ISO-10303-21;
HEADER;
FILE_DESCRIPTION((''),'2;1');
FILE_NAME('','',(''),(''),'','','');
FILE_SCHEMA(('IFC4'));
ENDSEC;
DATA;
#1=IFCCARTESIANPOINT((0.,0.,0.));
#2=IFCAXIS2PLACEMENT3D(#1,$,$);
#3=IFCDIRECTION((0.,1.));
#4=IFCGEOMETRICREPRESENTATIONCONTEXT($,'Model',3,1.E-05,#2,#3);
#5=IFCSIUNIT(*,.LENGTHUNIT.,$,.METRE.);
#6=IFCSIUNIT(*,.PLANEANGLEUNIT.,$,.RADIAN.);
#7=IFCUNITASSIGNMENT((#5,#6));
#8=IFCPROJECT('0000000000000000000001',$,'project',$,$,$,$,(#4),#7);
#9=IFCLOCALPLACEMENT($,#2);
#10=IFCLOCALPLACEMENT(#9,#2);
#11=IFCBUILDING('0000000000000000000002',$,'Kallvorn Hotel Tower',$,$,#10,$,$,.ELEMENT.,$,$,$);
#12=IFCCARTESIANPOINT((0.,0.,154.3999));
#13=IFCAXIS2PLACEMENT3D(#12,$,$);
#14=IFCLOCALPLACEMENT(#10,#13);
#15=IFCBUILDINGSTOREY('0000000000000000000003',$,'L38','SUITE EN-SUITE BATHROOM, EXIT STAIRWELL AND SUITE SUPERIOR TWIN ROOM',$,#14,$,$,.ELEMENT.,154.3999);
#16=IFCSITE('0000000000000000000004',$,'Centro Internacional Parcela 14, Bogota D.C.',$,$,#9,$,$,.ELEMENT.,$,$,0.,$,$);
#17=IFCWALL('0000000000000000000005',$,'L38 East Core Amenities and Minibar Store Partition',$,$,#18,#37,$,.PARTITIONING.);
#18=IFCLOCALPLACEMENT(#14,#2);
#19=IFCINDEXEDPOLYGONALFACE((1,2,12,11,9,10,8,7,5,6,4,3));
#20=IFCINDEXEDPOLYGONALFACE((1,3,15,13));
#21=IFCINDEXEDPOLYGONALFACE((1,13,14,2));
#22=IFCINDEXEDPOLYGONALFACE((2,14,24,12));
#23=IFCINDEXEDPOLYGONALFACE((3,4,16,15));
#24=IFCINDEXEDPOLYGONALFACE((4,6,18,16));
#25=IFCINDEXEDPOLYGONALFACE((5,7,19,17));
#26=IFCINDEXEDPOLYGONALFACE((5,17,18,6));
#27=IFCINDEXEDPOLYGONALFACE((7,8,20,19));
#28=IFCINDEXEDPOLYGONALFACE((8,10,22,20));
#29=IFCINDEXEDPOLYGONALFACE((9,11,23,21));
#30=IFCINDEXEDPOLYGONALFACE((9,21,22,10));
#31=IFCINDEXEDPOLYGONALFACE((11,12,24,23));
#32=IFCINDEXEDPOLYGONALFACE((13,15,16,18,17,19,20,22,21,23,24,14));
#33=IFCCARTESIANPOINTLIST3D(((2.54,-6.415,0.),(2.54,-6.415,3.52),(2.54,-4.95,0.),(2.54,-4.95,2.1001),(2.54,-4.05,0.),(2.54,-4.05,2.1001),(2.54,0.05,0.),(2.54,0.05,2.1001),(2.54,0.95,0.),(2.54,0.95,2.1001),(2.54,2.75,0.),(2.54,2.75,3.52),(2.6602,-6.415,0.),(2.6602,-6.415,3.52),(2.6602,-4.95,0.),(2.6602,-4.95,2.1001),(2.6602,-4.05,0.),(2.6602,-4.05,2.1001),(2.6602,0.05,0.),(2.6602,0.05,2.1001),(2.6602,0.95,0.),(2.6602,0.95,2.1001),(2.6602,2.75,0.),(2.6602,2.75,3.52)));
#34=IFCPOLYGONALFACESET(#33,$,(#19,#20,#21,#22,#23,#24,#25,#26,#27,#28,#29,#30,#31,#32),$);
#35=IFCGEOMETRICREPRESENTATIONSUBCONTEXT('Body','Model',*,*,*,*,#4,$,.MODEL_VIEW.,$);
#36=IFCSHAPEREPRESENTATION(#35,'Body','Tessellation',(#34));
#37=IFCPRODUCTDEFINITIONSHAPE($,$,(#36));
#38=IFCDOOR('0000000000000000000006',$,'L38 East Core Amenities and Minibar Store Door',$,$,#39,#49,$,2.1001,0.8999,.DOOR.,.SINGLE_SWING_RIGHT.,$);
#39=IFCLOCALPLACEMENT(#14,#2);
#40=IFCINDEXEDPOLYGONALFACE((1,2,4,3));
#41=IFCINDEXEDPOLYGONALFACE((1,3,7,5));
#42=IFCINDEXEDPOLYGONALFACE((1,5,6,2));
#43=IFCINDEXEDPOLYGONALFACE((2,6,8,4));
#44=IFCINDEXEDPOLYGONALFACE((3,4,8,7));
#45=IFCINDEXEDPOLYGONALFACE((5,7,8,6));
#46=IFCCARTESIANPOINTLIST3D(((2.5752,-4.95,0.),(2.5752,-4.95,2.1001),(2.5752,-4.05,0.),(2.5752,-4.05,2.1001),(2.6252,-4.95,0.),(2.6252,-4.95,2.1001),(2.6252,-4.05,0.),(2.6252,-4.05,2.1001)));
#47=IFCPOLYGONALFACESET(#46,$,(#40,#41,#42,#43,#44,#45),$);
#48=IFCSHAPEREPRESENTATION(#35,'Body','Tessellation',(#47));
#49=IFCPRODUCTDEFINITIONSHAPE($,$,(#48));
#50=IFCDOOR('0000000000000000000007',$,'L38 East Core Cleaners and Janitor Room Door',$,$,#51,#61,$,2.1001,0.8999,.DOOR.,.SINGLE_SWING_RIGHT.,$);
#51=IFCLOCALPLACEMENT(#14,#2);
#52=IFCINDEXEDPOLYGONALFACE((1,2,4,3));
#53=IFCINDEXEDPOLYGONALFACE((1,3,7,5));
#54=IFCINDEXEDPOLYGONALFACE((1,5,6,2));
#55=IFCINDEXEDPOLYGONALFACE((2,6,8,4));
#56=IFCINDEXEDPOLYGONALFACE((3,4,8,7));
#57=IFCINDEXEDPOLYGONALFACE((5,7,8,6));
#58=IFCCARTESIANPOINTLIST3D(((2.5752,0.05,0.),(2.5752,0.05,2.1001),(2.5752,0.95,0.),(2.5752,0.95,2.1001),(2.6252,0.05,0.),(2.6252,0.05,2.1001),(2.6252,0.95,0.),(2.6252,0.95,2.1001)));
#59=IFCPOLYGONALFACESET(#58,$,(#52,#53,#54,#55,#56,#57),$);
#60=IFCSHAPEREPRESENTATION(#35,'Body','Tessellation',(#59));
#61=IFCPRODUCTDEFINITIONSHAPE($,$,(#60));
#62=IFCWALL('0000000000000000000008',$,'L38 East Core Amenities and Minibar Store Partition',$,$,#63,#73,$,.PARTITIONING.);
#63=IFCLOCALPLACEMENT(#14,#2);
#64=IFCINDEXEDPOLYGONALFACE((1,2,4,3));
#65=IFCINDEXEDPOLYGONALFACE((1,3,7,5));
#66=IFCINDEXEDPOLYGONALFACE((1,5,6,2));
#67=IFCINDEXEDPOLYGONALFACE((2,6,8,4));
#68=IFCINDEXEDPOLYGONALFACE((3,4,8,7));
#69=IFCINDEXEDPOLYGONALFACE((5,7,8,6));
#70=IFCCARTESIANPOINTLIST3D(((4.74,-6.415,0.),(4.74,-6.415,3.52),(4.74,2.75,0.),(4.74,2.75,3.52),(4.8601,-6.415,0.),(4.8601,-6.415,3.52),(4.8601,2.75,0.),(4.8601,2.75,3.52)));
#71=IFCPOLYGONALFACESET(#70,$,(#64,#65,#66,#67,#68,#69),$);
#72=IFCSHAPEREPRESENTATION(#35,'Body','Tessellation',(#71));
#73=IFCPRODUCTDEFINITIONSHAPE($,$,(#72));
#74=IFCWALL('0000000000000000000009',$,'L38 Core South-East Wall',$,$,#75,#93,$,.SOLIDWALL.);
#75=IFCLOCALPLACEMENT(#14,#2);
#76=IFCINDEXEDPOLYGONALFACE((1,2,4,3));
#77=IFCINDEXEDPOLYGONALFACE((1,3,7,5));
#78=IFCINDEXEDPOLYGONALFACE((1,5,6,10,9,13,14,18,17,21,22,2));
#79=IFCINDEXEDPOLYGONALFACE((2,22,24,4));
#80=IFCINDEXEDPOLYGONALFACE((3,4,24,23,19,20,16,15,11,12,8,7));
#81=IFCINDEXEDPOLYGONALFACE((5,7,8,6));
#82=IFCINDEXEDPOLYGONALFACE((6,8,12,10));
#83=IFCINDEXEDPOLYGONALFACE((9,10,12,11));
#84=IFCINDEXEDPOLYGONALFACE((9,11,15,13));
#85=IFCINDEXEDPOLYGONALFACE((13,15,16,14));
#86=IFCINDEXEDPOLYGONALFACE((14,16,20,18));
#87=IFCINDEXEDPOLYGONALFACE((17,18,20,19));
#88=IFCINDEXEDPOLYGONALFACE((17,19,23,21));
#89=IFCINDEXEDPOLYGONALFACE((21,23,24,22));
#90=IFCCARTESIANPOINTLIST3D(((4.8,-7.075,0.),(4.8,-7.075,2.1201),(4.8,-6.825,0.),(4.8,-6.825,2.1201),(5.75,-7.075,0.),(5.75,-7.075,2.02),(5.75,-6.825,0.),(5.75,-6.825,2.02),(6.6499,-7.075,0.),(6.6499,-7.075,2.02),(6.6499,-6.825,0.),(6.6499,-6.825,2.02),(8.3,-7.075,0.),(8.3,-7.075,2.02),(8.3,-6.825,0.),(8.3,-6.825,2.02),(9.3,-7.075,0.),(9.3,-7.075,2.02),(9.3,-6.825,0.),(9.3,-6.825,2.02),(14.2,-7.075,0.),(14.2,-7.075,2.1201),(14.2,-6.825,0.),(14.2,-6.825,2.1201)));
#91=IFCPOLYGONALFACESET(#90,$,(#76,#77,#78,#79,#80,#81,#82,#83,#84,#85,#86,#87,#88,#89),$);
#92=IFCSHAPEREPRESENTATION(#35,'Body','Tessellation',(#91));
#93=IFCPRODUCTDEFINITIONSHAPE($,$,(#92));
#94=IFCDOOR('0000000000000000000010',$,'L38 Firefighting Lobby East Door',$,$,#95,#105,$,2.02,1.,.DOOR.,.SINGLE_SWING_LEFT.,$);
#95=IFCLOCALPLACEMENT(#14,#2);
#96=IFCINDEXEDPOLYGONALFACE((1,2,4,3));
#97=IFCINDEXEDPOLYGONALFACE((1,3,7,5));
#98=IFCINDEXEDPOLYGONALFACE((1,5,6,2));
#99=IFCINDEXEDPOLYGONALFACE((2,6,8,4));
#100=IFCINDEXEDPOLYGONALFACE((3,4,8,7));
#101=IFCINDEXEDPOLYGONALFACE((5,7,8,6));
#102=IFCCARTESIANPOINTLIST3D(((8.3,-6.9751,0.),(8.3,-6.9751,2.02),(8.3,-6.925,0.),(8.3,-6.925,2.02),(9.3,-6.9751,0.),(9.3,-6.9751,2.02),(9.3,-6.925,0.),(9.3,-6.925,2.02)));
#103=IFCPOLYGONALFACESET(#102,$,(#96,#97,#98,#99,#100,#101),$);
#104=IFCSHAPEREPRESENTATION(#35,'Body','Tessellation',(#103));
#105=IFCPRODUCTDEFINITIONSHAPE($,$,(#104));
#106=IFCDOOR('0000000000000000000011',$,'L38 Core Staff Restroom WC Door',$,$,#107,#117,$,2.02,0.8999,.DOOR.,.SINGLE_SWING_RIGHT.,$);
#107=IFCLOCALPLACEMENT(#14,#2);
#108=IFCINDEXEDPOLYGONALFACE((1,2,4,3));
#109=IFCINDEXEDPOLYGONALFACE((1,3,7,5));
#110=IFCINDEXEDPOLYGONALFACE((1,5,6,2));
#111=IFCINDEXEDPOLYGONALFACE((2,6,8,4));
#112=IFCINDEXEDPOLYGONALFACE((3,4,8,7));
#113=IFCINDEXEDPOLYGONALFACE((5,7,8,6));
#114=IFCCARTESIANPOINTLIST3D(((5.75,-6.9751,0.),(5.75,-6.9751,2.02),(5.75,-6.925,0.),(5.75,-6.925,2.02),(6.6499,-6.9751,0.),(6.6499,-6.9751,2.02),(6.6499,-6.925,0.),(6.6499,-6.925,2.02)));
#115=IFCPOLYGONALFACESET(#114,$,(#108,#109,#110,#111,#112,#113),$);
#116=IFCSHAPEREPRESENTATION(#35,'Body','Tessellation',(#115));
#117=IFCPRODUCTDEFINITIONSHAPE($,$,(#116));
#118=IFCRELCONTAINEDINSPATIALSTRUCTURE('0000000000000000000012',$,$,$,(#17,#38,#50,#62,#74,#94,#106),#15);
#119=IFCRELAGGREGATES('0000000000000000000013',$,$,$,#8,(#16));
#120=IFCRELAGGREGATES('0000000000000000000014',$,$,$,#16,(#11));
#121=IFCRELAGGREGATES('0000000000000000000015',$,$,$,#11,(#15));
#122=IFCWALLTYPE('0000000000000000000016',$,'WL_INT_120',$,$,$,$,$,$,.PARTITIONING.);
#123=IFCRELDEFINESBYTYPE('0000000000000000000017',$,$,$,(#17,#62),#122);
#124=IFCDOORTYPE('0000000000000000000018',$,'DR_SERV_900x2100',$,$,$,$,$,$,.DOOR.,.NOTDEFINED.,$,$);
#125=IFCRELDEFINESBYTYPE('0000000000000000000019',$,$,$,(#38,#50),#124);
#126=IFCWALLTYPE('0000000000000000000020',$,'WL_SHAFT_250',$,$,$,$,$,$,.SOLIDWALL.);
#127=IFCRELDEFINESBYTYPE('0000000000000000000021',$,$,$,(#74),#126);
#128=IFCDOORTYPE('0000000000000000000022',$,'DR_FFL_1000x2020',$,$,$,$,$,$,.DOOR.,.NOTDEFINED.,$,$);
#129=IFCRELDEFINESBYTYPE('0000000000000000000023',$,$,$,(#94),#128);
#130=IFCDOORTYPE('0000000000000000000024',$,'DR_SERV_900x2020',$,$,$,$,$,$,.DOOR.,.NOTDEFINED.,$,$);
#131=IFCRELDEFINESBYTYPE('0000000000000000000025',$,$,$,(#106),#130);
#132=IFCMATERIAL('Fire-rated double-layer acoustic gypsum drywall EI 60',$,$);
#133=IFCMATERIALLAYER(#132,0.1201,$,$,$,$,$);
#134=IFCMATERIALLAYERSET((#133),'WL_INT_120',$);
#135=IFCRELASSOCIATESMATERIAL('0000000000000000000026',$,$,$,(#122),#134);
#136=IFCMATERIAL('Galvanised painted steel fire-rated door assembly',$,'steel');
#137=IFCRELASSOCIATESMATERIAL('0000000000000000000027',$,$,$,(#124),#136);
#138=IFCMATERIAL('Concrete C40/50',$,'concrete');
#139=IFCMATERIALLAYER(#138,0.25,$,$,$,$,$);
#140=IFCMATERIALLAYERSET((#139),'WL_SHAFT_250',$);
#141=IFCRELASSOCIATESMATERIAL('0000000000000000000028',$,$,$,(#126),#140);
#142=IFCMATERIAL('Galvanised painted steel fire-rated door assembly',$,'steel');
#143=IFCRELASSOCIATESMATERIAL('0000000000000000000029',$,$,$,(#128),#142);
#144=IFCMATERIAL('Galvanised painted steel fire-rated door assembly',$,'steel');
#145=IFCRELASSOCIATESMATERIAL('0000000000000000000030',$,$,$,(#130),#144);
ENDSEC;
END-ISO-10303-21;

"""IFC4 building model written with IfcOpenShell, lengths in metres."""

from ifc_helpers import new_model, si_unit, direction, frame, frame_2d, origin, place, context, subcontext, project, spatial, rectangle, extrude, material, layer, layer_set, type_object, element, fill, save


model = new_model("IFC4")

# Units and contexts
model_context = context("Model", 3, precision=1e-05, world=origin(), true_north=direction((0.0, 1.0)))
body_context = subcontext(model_context, "Body", "Model", "MODEL_VIEW")
ifc_project = project(units=[si_unit("LENGTHUNIT", "METRE"), si_unit("PLANEANGLEUNIT", "RADIAN")], contexts=[model_context])

# Site, building, storey
site_placement = place(None, origin())
site = spatial("IfcSite", under=ifc_project, at=site_placement, Name="Centro Internacional Parcela 14, Bogota D.C.", CompositionType="ELEMENT", RefElevation=0.0)
building_placement = place(site_placement, origin())
building = spatial("IfcBuilding", under=site, at=building_placement, Name="Kallvorn Hotel Tower", CompositionType="ELEMENT")
storey_placement = place(building_placement, frame((0.0, 0.0, 154.3999)))
storey = spatial("IfcBuildingStorey", under=building, at=storey_placement, Name="L38", Description="SUITE EN-SUITE BATHROOM, EXIT STAIRWELL AND SUITE SUPERIOR TWIN ROOM", CompositionType="ELEMENT", Elevation=154.3999)

# Shared definitions
ifc_material_1 = material(Name="Fire-rated double-layer acoustic gypsum drywall EI 60")
ifc_layer_1 = layer(ifc_material_1, 0.1201)
ifc_layer_set_1 = layer_set([ifc_layer_1], Name="WL_INT_120")
wall_type_1 = type_object("IfcWallType", Name="WL_INT_120", PredefinedType="PARTITIONING", material=ifc_layer_set_1)

# Wall, openings, doors
wall_1_placement = place(storey_placement, frame((2.6001, -6.415, 0.0), z_axis=(0.0, 0.0, 1.0), x_axis=(0.0, 1.0, 0.0)))
wall_1 = element("IfcWall", 1, at=wall_1_placement, inside=storey, type_object=wall_type_1, Name="L38 East Core Amenities and Minibar Store Partition", PredefinedType="PARTITIONING", context=body_context, shape_type="SweptSolid", body=[
    extrude(rectangle(XDim=9.165, YDim=0.1201, at=frame_2d((4.5825, 0.0))), origin(), (0.0, 0.0, 1.0), 3.52),
])
opening_1_placement = place(wall_1_placement, frame((1.4651, 0.0, 0.0)))
opening_1 = element("IfcOpeningElement", 2, at=opening_1_placement, cuts=wall_1, PredefinedType="OPENING", context=body_context, shape_type="SweptSolid", body=[
    extrude(rectangle(XDim=0.8999, YDim=2.1001, at=frame_2d((0.45, 1.05))), frame((0.0, 0.075, 0.0), z_axis=(0.0, -1.0, 0.0), x_axis=(1.0, 0.0, 0.0)), (0.0, 0.0, 1.0), 0.1501),
])
opening_2_placement = place(wall_1_placement, frame((6.4651, 0.0, 0.0)))
opening_2 = element("IfcOpeningElement", 3, at=opening_2_placement, cuts=wall_1, PredefinedType="OPENING", context=body_context, shape_type="SweptSolid", body=[
    extrude(rectangle(XDim=0.8999, YDim=2.1001, at=frame_2d((0.45, 1.05))), frame((0.0, 0.075, 0.0), z_axis=(0.0, -1.0, 0.0), x_axis=(1.0, 0.0, 0.0)), (0.0, 0.0, 1.0), 0.1501),
])
ifc_material_2 = material(Name="Galvanised painted steel fire-rated door assembly", Category="steel")
door_type_1 = type_object("IfcDoorType", Name="DR_SERV_900x2100", OperationType="NOTDEFINED", PredefinedType="DOOR", material=ifc_material_2)
door_1_placement = place(opening_1_placement, origin())
door_1 = element("IfcDoor", 4, at=door_1_placement, inside=storey, type_object=door_type_1, Name="L38 East Core Amenities and Minibar Store Door", OperationType="SINGLE_SWING_RIGHT", OverallHeight=2.1001, OverallWidth=0.8999, PredefinedType="DOOR", context=body_context, shape_type="SweptSolid", body=[
    extrude(rectangle(XDim=0.8999, YDim=2.1001, at=frame_2d((0.45, 1.05))), frame((0.0, 0.0249, 0.0), z_axis=(0.0, -1.0, 0.0), x_axis=(1.0, 0.0, 0.0)), (0.0, 0.0, 1.0), 0.05),
])
fill(opening_1, door_1)
door_2_placement = place(opening_2_placement, origin())
door_2 = element("IfcDoor", 5, at=door_2_placement, inside=storey, type_object=door_type_1, Name="L38 East Core Cleaners and Janitor Room Door", OperationType="SINGLE_SWING_RIGHT", OverallHeight=2.1001, OverallWidth=0.8999, PredefinedType="DOOR", context=body_context, shape_type="SweptSolid", body=[
    extrude(rectangle(XDim=0.8999, YDim=2.1001, at=frame_2d((0.45, 1.05))), frame((0.0, 0.0249, 0.0), z_axis=(0.0, -1.0, 0.0), x_axis=(1.0, 0.0, 0.0)), (0.0, 0.0, 1.0), 0.05),
])
fill(opening_2, door_2)

# Wall
wall_2_placement = place(storey_placement, frame((4.8, -6.415, 0.0), z_axis=(0.0, 0.0, 1.0), x_axis=(0.0, 1.0, 0.0)))
element("IfcWall", 6, at=wall_2_placement, inside=storey, type_object=wall_type_1, Name="L38 East Core Amenities and Minibar Store Partition", PredefinedType="PARTITIONING", context=body_context, shape_type="SweptSolid", body=[
    extrude(rectangle(XDim=9.165, YDim=0.1201, at=frame_2d((4.5825, 0.0))), origin(), (0.0, 0.0, 1.0), 3.52),
])

# Wall, openings, doors
ifc_material_3 = material(Name="Concrete C40/50", Category="concrete")
ifc_layer_2 = layer(ifc_material_3, 0.25)
ifc_layer_set_2 = layer_set([ifc_layer_2], Name="WL_SHAFT_250")
wall_type_2 = type_object("IfcWallType", Name="WL_SHAFT_250", PredefinedType="SOLIDWALL", material=ifc_layer_set_2)
wall_3_placement = place(storey_placement, frame((4.8, -6.95, 0.0), z_axis=(0.0, 0.0, 1.0), x_axis=(1.0, 0.0, 0.0)))
wall_3 = element("IfcWall", 7, at=wall_3_placement, inside=storey, type_object=wall_type_2, Name="L38 Core South-East Wall", PredefinedType="SOLIDWALL", context=body_context, shape_type="SweptSolid", body=[
    extrude(rectangle(XDim=9.3999, YDim=0.25, at=frame_2d((4.7, 0.0))), origin(), (0.0, 0.0, 1.0), 2.1201),
])
opening_3_placement = place(wall_3_placement, frame((3.5, 0.0, 0.0)))
opening_3 = element("IfcOpeningElement", 8, at=opening_3_placement, cuts=wall_3, PredefinedType="OPENING", context=body_context, shape_type="SweptSolid", body=[
    extrude(rectangle(XDim=1.0, YDim=2.02, at=frame_2d((0.5, 1.01))), frame((0.0, 0.1399, 0.0), z_axis=(0.0, -1.0, 0.0), x_axis=(1.0, 0.0, 0.0)), (0.0, 0.0, 1.0), 0.28),
])
opening_4_placement = place(wall_3_placement, frame((0.95, 0.0, 0.0)))
opening_4 = element("IfcOpeningElement", 9, at=opening_4_placement, cuts=wall_3, PredefinedType="OPENING", context=body_context, shape_type="SweptSolid", body=[
    extrude(rectangle(XDim=0.8999, YDim=2.02, at=frame_2d((0.45, 1.01))), frame((0.0, 0.1399, 0.0), z_axis=(0.0, -1.0, 0.0), x_axis=(1.0, 0.0, 0.0)), (0.0, 0.0, 1.0), 0.28),
])
ifc_material_4 = material(Name="Galvanised painted steel fire-rated door assembly", Category="steel")
door_type_2 = type_object("IfcDoorType", Name="DR_FFL_1000x2020", OperationType="NOTDEFINED", PredefinedType="DOOR", material=ifc_material_4)
door_3_placement = place(opening_3_placement, origin())
door_3 = element("IfcDoor", 10, at=door_3_placement, inside=storey, type_object=door_type_2, Name="L38 Firefighting Lobby East Door", OperationType="SINGLE_SWING_LEFT", OverallHeight=2.02, OverallWidth=1.0, PredefinedType="DOOR", context=body_context, shape_type="SweptSolid", body=[
    extrude(rectangle(XDim=1.0, YDim=2.02, at=frame_2d((0.5, 1.01))), frame((0.0, 0.0249, 0.0), z_axis=(0.0, -1.0, 0.0), x_axis=(1.0, 0.0, 0.0)), (0.0, 0.0, 1.0), 0.05),
])
fill(opening_3, door_3)
ifc_material_5 = material(Name="Galvanised painted steel fire-rated door assembly", Category="steel")
door_type_3 = type_object("IfcDoorType", Name="DR_SERV_900x2020", OperationType="NOTDEFINED", PredefinedType="DOOR", material=ifc_material_5)
door_4_placement = place(opening_4_placement, origin())
door_4 = element("IfcDoor", 11, at=door_4_placement, inside=storey, type_object=door_type_3, Name="L38 Core Staff Restroom WC Door", OperationType="SINGLE_SWING_RIGHT", OverallHeight=2.02, OverallWidth=0.8999, PredefinedType="DOOR", context=body_context, shape_type="SweptSolid", body=[
    extrude(rectangle(XDim=0.8999, YDim=2.02, at=frame_2d((0.45, 1.01))), frame((0.0, 0.0249, 0.0), z_axis=(0.0, -1.0, 0.0), x_axis=(1.0, 0.0, 0.0)), (0.0, 0.0, 1.0), 0.05),
])
fill(opening_4, door_4)

save(model, "model.ifc")
